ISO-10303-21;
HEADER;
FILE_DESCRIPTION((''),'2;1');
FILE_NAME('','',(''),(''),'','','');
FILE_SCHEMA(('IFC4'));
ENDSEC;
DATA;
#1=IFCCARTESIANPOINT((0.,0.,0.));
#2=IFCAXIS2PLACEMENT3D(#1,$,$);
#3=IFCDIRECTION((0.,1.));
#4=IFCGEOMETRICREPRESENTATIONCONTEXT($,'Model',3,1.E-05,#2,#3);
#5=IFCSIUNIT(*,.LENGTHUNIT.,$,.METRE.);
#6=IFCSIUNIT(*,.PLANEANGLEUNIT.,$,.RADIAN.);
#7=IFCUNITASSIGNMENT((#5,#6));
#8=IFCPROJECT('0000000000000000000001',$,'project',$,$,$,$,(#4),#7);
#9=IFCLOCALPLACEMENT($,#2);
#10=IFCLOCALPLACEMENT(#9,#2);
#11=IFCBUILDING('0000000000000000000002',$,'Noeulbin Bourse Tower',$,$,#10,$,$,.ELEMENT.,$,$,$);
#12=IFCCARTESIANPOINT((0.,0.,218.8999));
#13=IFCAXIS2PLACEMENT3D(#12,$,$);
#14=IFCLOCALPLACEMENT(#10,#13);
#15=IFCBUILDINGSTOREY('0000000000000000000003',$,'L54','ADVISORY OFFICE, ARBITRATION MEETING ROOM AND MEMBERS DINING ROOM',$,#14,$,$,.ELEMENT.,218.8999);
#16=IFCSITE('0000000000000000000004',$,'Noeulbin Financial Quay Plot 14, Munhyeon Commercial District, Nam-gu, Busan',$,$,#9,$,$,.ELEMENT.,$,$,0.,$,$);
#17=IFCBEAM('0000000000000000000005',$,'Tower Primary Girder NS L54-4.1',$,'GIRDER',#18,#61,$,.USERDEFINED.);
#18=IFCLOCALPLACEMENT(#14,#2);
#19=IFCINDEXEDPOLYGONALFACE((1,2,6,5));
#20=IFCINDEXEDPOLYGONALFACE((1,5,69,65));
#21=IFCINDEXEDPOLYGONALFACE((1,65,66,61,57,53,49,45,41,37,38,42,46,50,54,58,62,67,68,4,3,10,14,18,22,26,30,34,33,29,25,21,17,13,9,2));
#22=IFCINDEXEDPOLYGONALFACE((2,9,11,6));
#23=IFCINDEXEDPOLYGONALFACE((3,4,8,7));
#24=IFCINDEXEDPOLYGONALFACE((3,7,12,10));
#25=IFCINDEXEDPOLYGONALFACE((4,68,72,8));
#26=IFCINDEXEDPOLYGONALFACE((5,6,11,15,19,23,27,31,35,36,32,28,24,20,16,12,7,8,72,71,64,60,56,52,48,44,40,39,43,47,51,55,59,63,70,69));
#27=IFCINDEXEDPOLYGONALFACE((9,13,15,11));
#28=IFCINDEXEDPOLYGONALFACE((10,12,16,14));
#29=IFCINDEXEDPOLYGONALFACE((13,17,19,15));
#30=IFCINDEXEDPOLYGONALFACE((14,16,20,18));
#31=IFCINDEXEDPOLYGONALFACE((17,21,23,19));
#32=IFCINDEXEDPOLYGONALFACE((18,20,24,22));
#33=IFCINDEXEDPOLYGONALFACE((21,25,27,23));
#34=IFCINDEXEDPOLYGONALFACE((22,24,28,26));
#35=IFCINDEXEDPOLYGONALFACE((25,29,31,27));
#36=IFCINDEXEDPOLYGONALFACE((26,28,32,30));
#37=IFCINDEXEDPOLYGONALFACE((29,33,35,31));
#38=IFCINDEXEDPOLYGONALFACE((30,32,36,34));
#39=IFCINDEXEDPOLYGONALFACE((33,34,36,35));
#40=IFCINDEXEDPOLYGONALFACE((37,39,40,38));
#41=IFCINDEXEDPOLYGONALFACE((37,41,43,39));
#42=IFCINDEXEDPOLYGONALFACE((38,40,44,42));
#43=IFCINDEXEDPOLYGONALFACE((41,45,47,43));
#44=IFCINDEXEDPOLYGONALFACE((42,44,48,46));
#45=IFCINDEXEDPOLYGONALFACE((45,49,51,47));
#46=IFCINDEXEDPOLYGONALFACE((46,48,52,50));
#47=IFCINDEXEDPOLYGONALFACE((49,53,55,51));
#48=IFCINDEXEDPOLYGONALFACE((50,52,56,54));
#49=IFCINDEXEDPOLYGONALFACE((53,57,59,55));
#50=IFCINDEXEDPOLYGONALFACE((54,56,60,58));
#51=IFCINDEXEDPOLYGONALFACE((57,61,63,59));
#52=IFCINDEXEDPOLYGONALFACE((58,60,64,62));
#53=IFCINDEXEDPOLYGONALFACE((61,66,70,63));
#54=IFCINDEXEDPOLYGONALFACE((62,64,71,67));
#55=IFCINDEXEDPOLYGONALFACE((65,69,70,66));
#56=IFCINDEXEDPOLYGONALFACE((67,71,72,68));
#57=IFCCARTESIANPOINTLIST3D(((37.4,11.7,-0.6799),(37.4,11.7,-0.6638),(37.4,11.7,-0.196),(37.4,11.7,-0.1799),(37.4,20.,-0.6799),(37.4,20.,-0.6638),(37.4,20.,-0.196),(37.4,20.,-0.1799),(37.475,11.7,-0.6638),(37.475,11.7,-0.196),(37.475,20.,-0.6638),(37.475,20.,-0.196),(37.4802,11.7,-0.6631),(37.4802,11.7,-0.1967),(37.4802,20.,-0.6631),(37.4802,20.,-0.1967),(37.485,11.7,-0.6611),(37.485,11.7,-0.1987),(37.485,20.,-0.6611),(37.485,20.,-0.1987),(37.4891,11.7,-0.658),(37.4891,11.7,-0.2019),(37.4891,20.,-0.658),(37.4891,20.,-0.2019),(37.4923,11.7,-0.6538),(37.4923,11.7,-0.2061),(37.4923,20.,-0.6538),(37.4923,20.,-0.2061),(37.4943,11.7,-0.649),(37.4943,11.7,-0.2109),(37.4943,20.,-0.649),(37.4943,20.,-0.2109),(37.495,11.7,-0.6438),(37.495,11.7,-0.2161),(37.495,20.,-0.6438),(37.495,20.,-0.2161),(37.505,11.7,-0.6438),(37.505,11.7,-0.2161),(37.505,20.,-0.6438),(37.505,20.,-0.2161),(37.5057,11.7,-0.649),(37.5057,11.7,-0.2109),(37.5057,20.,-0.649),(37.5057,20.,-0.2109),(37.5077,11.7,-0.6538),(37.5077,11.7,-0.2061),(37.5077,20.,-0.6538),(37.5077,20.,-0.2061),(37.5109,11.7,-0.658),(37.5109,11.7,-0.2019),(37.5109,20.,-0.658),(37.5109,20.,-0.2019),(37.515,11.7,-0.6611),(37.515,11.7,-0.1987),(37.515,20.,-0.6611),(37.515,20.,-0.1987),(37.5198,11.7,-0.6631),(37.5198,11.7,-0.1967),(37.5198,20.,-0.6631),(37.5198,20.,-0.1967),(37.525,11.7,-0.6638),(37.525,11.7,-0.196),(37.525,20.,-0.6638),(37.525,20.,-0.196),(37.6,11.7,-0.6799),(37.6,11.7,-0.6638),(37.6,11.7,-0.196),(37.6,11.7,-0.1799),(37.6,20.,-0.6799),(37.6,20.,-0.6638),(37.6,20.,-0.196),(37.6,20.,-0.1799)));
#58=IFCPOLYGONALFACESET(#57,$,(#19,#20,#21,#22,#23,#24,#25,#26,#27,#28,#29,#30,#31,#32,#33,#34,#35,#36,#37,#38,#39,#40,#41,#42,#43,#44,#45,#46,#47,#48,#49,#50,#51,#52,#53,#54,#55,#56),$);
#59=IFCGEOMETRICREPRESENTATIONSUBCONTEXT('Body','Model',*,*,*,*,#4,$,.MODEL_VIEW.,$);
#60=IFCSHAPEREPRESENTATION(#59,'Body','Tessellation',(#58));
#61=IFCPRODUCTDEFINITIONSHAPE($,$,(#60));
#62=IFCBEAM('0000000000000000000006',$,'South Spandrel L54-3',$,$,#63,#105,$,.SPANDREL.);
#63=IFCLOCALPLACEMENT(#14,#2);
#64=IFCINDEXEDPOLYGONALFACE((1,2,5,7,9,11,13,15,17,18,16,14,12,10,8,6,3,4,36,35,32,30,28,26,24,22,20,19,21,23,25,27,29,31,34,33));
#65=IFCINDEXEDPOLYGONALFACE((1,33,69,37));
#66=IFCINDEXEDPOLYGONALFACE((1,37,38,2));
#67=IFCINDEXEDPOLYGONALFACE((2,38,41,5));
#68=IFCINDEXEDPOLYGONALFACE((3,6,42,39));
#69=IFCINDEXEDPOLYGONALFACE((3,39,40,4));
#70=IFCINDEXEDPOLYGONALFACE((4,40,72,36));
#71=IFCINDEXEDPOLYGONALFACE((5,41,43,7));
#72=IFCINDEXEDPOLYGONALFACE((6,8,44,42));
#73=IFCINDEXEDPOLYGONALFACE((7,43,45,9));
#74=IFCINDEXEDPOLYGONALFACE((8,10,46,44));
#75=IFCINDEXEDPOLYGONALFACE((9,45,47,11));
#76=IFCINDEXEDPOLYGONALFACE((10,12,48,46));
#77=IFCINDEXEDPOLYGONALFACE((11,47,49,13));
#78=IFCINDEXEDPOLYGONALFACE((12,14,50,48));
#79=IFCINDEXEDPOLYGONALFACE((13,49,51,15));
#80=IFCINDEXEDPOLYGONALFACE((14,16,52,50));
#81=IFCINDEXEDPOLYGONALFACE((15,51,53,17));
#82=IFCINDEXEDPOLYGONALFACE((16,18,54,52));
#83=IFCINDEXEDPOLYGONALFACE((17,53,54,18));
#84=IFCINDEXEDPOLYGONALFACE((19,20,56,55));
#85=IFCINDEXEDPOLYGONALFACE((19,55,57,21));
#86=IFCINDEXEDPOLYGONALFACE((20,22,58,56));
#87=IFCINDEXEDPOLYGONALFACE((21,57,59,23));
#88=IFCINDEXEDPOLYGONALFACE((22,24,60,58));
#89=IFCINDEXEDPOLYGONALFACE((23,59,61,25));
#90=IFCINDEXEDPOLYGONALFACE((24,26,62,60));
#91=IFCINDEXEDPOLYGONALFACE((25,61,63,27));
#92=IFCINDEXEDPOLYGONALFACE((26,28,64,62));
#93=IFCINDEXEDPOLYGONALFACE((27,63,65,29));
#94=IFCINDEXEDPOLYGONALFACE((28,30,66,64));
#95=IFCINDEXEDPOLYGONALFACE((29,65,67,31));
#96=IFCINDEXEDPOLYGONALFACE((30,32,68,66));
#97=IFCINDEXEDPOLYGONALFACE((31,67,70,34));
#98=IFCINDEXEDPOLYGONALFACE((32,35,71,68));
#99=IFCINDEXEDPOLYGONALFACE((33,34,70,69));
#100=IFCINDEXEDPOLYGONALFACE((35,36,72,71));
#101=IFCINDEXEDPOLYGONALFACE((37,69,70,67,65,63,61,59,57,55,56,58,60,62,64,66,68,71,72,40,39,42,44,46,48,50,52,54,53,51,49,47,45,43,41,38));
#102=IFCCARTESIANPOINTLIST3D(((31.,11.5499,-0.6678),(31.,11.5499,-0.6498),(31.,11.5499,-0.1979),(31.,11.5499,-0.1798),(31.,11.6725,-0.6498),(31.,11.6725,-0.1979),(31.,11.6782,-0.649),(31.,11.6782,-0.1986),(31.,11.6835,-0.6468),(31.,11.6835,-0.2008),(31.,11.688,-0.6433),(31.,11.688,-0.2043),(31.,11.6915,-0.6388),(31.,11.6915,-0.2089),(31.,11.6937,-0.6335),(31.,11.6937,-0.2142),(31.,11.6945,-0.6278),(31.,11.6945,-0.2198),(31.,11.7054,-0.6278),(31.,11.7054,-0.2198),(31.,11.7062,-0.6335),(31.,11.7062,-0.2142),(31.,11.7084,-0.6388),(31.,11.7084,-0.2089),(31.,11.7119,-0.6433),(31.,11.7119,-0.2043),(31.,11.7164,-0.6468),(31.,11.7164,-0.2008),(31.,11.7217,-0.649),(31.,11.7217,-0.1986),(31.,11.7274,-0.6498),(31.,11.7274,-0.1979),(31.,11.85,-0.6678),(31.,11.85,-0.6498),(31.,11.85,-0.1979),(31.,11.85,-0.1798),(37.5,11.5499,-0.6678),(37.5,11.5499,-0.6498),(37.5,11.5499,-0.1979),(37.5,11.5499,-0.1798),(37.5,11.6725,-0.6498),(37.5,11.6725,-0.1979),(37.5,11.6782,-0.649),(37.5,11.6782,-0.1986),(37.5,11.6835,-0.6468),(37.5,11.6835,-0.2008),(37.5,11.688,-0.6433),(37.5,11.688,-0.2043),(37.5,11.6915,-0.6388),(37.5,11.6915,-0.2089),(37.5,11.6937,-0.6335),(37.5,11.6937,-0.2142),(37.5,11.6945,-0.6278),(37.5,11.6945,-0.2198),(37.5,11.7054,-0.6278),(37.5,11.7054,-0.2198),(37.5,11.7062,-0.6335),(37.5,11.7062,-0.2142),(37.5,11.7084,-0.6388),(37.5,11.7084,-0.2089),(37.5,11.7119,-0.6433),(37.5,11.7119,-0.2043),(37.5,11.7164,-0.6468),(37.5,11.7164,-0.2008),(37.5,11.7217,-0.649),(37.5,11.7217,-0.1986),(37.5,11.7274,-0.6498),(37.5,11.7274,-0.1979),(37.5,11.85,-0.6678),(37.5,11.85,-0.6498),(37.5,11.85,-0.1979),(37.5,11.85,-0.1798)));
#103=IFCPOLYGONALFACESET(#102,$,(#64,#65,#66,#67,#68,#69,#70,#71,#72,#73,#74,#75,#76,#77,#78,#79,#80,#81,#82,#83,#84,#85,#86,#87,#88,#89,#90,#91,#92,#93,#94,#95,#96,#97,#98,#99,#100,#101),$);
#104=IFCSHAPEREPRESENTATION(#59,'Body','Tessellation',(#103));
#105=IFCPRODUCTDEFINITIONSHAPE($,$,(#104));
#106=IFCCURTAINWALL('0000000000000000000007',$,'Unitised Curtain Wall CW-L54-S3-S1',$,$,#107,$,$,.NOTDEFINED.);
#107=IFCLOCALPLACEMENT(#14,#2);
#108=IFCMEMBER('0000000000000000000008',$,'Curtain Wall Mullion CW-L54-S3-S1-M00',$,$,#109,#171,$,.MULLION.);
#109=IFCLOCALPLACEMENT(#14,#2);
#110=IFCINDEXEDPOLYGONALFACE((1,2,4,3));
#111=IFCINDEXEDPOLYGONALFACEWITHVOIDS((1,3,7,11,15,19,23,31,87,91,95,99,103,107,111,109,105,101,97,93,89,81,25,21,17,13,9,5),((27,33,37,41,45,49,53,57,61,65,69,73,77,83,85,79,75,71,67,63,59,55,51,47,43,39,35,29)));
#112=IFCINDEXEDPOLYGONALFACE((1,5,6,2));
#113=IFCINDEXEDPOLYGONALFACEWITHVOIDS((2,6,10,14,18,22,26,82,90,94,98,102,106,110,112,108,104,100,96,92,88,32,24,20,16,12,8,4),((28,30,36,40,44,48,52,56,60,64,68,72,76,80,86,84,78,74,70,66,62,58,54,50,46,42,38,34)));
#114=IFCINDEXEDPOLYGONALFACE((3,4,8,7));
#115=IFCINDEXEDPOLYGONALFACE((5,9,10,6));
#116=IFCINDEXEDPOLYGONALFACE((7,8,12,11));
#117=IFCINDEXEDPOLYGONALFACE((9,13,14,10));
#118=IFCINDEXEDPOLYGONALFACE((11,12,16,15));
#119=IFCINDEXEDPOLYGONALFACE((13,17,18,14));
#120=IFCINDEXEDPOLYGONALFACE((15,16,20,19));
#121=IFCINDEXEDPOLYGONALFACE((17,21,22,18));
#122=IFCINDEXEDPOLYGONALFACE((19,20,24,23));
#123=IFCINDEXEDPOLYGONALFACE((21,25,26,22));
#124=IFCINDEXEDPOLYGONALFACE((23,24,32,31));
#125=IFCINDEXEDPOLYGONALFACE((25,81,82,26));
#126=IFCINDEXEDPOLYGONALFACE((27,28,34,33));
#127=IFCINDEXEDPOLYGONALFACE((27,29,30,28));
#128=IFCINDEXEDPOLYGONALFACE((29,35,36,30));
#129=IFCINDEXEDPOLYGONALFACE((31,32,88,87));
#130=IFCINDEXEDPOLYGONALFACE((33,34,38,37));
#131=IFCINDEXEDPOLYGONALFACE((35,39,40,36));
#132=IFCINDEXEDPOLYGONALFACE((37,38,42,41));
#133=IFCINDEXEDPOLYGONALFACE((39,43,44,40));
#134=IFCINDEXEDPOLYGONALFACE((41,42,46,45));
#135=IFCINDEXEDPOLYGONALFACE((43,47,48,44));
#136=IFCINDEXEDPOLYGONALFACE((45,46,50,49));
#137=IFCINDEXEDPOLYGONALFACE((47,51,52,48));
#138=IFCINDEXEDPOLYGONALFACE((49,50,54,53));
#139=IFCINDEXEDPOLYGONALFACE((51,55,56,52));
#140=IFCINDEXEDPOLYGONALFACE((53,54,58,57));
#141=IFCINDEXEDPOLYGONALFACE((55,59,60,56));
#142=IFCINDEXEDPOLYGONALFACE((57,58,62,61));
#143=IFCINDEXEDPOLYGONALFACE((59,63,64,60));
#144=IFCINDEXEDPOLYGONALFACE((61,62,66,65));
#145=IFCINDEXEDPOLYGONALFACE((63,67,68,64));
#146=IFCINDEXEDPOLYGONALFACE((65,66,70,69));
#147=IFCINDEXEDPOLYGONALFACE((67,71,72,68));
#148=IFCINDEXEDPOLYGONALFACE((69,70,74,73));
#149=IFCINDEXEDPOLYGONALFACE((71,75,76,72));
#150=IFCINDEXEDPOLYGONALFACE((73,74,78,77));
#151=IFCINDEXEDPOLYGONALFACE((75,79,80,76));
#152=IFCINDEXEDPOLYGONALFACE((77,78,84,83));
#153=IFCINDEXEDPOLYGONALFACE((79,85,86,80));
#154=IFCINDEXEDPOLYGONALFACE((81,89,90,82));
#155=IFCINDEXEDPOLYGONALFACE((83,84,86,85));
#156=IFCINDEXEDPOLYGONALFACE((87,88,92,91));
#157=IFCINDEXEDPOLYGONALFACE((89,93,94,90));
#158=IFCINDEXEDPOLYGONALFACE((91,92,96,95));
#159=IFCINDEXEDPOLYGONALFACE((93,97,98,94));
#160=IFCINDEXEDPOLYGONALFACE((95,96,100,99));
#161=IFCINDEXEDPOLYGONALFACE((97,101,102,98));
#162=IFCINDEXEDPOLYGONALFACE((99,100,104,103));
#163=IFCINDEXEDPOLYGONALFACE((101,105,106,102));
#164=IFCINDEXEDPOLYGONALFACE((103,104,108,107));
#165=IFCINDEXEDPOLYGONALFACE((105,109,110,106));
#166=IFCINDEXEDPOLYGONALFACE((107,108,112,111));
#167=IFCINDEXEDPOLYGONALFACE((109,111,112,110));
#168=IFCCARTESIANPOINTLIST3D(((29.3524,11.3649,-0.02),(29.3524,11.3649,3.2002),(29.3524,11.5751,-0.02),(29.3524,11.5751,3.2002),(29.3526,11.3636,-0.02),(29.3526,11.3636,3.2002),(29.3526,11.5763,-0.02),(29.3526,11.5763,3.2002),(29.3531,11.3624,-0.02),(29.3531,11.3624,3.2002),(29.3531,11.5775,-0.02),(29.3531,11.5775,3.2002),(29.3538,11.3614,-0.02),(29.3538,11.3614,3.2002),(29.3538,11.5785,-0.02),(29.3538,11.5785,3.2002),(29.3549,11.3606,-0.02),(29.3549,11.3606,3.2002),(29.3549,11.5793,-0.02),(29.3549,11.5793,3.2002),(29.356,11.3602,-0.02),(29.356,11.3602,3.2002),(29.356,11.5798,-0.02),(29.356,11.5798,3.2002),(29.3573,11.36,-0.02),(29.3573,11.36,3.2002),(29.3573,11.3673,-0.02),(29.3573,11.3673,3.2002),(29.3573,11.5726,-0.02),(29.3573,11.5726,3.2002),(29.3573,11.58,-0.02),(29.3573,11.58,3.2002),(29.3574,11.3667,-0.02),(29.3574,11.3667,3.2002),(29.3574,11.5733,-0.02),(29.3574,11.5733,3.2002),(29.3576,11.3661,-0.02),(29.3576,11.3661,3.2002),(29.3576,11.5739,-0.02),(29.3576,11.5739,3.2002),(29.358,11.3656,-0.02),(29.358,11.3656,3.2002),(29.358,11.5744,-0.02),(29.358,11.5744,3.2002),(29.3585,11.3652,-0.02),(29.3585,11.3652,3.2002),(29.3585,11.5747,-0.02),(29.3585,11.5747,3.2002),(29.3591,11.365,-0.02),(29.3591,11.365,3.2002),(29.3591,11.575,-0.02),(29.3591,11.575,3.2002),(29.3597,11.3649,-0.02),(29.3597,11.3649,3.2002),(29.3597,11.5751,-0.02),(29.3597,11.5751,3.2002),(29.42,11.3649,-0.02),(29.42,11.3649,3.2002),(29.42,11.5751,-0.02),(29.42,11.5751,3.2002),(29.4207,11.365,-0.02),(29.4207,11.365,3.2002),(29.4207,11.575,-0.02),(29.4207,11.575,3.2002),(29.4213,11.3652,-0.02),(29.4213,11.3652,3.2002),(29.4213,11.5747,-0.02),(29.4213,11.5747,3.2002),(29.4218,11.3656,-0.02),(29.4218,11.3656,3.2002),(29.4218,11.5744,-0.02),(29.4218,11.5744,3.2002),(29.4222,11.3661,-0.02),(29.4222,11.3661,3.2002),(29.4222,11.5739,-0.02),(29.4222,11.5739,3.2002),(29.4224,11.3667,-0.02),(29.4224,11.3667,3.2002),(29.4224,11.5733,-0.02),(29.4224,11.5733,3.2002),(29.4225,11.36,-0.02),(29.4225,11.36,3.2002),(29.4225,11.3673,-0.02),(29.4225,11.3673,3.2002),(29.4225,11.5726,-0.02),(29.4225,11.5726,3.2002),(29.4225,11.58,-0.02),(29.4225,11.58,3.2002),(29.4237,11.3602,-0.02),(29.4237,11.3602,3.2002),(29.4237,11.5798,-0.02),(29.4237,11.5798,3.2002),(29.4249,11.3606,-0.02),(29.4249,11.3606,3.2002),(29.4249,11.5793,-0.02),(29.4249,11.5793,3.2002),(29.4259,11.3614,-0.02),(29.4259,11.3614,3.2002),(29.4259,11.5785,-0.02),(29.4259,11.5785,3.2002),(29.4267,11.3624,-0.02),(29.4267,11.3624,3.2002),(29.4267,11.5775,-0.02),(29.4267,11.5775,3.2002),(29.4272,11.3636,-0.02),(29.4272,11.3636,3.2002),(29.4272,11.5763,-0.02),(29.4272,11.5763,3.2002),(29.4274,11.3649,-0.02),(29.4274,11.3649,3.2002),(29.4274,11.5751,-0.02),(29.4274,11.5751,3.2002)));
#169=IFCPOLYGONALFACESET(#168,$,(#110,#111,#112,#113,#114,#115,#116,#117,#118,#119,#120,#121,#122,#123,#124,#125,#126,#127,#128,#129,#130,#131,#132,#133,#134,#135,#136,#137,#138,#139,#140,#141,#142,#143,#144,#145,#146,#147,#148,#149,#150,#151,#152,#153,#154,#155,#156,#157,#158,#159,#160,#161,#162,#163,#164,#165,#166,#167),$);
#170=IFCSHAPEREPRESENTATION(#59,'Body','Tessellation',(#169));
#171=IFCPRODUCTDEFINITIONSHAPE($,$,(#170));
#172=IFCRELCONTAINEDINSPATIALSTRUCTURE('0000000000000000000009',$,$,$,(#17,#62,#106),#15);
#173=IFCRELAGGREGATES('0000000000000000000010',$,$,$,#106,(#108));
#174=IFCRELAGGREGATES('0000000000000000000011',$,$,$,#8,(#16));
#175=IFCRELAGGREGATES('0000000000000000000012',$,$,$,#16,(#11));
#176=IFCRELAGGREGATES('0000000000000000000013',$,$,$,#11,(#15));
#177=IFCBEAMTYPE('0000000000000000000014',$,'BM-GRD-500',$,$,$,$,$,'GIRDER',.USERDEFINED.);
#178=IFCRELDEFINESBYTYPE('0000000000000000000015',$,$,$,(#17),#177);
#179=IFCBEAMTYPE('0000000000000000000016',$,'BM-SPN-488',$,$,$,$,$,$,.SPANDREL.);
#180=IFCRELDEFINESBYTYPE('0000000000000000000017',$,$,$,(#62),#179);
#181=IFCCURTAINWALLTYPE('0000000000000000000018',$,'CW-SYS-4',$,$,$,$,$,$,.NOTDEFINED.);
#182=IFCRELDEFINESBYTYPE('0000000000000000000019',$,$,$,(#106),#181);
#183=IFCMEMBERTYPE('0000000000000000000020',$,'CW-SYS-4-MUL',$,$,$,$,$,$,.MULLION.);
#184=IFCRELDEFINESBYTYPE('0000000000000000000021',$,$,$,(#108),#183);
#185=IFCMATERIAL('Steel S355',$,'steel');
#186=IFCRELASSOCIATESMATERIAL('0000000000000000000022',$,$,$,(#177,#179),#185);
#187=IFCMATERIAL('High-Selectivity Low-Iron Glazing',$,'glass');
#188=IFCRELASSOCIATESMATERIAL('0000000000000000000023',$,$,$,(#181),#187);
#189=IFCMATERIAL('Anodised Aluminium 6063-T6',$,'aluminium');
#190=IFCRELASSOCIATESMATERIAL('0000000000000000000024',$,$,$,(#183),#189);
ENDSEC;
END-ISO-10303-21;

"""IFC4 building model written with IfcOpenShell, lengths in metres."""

from ifc_helpers import new_model, si_unit, direction, frame, origin, origin_2d, place, context, subcontext, project, spatial, hollow_rectangle, i_section, extrude, material, material_profile, profile_set, type_object, element, aggregate, save


model = new_model("IFC4")

# Units and contexts
model_context = context("Model", 3, precision=1e-05, world=origin(), true_north=direction((0.0, 1.0)))
body_context = subcontext(model_context, "Body", "Model", "MODEL_VIEW")
ifc_project = project(units=[si_unit("LENGTHUNIT", "METRE"), si_unit("PLANEANGLEUNIT", "RADIAN")], contexts=[model_context])

# Site, building, storey
site_placement = place(None, origin())
site = spatial("IfcSite", under=ifc_project, at=site_placement, Name="Noeulbin Financial Quay Plot 14, Munhyeon Commercial District, Nam-gu, Busan", CompositionType="ELEMENT", RefElevation=0.0)
building_placement = place(site_placement, origin())
building = spatial("IfcBuilding", under=site, at=building_placement, Name="Noeulbin Bourse Tower", CompositionType="ELEMENT")
storey_placement = place(building_placement, frame((0.0, 0.0, 218.8999)))
storey = spatial("IfcBuildingStorey", under=building, at=storey_placement, Name="L54", Description="ADVISORY OFFICE, ARBITRATION MEETING ROOM AND MEMBERS DINING ROOM", CompositionType="ELEMENT", Elevation=218.8999)

# Shared definitions
ifc_material_1 = material(Name="Steel S355", Category="steel")

# Beams
ifc_material_profile_1 = material_profile(ifc_material_1, i_section(OverallWidth=0.2, OverallDepth=0.5, WebThickness=0.01, FlangeThickness=0.0161, FilletRadius=0.02, at=origin_2d()), Name="H-500x200x10x16", Category="LoadBearing")
ifc_profile_set_1 = profile_set([ifc_material_profile_1], Name="Steel S355")
beam_type_1 = type_object("IfcBeamType", Name="BM-GRD-500", ElementType="GIRDER", PredefinedType="USERDEFINED", material=ifc_profile_set_1)
for number, where, z_axis, x_axis, name in (
    (1, (37.5, 11.7, -0.4299), (0.0, 1.0, 0.0), (-1.0, 0.0, 0.0), "Tower Primary Girder NS L54-4.1"),
):
    element("IfcBeam", number, at=place(storey_placement, frame(where, z_axis=z_axis, x_axis=x_axis)), inside=storey, type_object=beam_type_1, Name=name, ObjectType="GIRDER", PredefinedType="USERDEFINED", context=body_context, shape_type="SweptSolid", body=[
        extrude(i_section(OverallWidth=0.2, OverallDepth=0.5, WebThickness=0.01, FlangeThickness=0.0161, FilletRadius=0.02, at=origin_2d()), origin(), (0.0, 0.0, 1.0), 8.3),
    ])
ifc_material_profile_2 = material_profile(ifc_material_1, i_section(OverallWidth=0.3, OverallDepth=0.488, WebThickness=0.011, FlangeThickness=0.0181, FilletRadius=0.022, at=origin_2d()), Name="H-488x300x11x18", Category="LoadBearing")
ifc_profile_set_2 = profile_set([ifc_material_profile_2], Name="Steel S355")
beam_type_2 = type_object("IfcBeamType", Name="BM-SPN-488", PredefinedType="SPANDREL", material=ifc_profile_set_2)
beam_placement = place(storey_placement, frame((31.0, 11.7, -0.4238), z_axis=(1.0, 0.0, 0.0), x_axis=(0.0, 1.0, 0.0)))
element("IfcBeam", 2, at=beam_placement, inside=storey, type_object=beam_type_2, Name="South Spandrel L54-3", PredefinedType="SPANDREL", context=body_context, shape_type="SweptSolid", body=[
    extrude(i_section(OverallWidth=0.3, OverallDepth=0.488, WebThickness=0.011, FlangeThickness=0.0181, FilletRadius=0.022, at=origin_2d()), origin(), (0.0, 0.0, 1.0), 6.5),
])

# Curtain wall, member
ifc_material_2 = material(Name="High-Selectivity Low-Iron Glazing", Category="glass")
curtain_wall_type = type_object("IfcCurtainWallType", Name="CW-SYS-4", PredefinedType="NOTDEFINED", material=ifc_material_2)
curtain_wall_1_placement = place(storey_placement, origin())
curtain_wall_1 = element("IfcCurtainWall", 3, at=curtain_wall_1_placement, inside=storey, type_object=curtain_wall_type, Name="Unitised Curtain Wall CW-L54-S3-S1", PredefinedType="NOTDEFINED")
ifc_material_3 = material(Name="Anodised Aluminium 6063-T6", Category="aluminium")
ifc_material_profile_3 = material_profile(ifc_material_3, hollow_rectangle(XDim=0.075, YDim=0.22, WallThickness=0.0049, InnerFilletRadius=0.0024, OuterFilletRadius=0.0049, at=origin_2d()), Name="ALU-MULL-75x220x5", Category="LoadBearing")
ifc_profile_set_3 = profile_set([ifc_material_profile_3], Name="Anodised Aluminium 6063-T6")
member_type_1 = type_object("IfcMemberType", Name="CW-SYS-4-MUL", PredefinedType="MULLION", material=ifc_profile_set_3)
member_1_placement = place(storey_placement, frame((29.3899, 11.47, -0.02), z_axis=(0.0, 0.0, 1.0), x_axis=(1.0, 0.0, 0.0)))
member_1 = element("IfcMember", 4, at=member_1_placement, type_object=member_type_1, Name="Curtain Wall Mullion CW-L54-S3-S1-M00", PredefinedType="MULLION", context=body_context, shape_type="SweptSolid", body=[
    extrude(hollow_rectangle(XDim=0.075, YDim=0.22, WallThickness=0.0049, InnerFilletRadius=0.0024, OuterFilletRadius=0.0049, at=origin_2d()), origin(), (0.0, 0.0, 1.0), 3.2202),
])

aggregate(curtain_wall_1, [member_1])

save(model, "model.ifc")
